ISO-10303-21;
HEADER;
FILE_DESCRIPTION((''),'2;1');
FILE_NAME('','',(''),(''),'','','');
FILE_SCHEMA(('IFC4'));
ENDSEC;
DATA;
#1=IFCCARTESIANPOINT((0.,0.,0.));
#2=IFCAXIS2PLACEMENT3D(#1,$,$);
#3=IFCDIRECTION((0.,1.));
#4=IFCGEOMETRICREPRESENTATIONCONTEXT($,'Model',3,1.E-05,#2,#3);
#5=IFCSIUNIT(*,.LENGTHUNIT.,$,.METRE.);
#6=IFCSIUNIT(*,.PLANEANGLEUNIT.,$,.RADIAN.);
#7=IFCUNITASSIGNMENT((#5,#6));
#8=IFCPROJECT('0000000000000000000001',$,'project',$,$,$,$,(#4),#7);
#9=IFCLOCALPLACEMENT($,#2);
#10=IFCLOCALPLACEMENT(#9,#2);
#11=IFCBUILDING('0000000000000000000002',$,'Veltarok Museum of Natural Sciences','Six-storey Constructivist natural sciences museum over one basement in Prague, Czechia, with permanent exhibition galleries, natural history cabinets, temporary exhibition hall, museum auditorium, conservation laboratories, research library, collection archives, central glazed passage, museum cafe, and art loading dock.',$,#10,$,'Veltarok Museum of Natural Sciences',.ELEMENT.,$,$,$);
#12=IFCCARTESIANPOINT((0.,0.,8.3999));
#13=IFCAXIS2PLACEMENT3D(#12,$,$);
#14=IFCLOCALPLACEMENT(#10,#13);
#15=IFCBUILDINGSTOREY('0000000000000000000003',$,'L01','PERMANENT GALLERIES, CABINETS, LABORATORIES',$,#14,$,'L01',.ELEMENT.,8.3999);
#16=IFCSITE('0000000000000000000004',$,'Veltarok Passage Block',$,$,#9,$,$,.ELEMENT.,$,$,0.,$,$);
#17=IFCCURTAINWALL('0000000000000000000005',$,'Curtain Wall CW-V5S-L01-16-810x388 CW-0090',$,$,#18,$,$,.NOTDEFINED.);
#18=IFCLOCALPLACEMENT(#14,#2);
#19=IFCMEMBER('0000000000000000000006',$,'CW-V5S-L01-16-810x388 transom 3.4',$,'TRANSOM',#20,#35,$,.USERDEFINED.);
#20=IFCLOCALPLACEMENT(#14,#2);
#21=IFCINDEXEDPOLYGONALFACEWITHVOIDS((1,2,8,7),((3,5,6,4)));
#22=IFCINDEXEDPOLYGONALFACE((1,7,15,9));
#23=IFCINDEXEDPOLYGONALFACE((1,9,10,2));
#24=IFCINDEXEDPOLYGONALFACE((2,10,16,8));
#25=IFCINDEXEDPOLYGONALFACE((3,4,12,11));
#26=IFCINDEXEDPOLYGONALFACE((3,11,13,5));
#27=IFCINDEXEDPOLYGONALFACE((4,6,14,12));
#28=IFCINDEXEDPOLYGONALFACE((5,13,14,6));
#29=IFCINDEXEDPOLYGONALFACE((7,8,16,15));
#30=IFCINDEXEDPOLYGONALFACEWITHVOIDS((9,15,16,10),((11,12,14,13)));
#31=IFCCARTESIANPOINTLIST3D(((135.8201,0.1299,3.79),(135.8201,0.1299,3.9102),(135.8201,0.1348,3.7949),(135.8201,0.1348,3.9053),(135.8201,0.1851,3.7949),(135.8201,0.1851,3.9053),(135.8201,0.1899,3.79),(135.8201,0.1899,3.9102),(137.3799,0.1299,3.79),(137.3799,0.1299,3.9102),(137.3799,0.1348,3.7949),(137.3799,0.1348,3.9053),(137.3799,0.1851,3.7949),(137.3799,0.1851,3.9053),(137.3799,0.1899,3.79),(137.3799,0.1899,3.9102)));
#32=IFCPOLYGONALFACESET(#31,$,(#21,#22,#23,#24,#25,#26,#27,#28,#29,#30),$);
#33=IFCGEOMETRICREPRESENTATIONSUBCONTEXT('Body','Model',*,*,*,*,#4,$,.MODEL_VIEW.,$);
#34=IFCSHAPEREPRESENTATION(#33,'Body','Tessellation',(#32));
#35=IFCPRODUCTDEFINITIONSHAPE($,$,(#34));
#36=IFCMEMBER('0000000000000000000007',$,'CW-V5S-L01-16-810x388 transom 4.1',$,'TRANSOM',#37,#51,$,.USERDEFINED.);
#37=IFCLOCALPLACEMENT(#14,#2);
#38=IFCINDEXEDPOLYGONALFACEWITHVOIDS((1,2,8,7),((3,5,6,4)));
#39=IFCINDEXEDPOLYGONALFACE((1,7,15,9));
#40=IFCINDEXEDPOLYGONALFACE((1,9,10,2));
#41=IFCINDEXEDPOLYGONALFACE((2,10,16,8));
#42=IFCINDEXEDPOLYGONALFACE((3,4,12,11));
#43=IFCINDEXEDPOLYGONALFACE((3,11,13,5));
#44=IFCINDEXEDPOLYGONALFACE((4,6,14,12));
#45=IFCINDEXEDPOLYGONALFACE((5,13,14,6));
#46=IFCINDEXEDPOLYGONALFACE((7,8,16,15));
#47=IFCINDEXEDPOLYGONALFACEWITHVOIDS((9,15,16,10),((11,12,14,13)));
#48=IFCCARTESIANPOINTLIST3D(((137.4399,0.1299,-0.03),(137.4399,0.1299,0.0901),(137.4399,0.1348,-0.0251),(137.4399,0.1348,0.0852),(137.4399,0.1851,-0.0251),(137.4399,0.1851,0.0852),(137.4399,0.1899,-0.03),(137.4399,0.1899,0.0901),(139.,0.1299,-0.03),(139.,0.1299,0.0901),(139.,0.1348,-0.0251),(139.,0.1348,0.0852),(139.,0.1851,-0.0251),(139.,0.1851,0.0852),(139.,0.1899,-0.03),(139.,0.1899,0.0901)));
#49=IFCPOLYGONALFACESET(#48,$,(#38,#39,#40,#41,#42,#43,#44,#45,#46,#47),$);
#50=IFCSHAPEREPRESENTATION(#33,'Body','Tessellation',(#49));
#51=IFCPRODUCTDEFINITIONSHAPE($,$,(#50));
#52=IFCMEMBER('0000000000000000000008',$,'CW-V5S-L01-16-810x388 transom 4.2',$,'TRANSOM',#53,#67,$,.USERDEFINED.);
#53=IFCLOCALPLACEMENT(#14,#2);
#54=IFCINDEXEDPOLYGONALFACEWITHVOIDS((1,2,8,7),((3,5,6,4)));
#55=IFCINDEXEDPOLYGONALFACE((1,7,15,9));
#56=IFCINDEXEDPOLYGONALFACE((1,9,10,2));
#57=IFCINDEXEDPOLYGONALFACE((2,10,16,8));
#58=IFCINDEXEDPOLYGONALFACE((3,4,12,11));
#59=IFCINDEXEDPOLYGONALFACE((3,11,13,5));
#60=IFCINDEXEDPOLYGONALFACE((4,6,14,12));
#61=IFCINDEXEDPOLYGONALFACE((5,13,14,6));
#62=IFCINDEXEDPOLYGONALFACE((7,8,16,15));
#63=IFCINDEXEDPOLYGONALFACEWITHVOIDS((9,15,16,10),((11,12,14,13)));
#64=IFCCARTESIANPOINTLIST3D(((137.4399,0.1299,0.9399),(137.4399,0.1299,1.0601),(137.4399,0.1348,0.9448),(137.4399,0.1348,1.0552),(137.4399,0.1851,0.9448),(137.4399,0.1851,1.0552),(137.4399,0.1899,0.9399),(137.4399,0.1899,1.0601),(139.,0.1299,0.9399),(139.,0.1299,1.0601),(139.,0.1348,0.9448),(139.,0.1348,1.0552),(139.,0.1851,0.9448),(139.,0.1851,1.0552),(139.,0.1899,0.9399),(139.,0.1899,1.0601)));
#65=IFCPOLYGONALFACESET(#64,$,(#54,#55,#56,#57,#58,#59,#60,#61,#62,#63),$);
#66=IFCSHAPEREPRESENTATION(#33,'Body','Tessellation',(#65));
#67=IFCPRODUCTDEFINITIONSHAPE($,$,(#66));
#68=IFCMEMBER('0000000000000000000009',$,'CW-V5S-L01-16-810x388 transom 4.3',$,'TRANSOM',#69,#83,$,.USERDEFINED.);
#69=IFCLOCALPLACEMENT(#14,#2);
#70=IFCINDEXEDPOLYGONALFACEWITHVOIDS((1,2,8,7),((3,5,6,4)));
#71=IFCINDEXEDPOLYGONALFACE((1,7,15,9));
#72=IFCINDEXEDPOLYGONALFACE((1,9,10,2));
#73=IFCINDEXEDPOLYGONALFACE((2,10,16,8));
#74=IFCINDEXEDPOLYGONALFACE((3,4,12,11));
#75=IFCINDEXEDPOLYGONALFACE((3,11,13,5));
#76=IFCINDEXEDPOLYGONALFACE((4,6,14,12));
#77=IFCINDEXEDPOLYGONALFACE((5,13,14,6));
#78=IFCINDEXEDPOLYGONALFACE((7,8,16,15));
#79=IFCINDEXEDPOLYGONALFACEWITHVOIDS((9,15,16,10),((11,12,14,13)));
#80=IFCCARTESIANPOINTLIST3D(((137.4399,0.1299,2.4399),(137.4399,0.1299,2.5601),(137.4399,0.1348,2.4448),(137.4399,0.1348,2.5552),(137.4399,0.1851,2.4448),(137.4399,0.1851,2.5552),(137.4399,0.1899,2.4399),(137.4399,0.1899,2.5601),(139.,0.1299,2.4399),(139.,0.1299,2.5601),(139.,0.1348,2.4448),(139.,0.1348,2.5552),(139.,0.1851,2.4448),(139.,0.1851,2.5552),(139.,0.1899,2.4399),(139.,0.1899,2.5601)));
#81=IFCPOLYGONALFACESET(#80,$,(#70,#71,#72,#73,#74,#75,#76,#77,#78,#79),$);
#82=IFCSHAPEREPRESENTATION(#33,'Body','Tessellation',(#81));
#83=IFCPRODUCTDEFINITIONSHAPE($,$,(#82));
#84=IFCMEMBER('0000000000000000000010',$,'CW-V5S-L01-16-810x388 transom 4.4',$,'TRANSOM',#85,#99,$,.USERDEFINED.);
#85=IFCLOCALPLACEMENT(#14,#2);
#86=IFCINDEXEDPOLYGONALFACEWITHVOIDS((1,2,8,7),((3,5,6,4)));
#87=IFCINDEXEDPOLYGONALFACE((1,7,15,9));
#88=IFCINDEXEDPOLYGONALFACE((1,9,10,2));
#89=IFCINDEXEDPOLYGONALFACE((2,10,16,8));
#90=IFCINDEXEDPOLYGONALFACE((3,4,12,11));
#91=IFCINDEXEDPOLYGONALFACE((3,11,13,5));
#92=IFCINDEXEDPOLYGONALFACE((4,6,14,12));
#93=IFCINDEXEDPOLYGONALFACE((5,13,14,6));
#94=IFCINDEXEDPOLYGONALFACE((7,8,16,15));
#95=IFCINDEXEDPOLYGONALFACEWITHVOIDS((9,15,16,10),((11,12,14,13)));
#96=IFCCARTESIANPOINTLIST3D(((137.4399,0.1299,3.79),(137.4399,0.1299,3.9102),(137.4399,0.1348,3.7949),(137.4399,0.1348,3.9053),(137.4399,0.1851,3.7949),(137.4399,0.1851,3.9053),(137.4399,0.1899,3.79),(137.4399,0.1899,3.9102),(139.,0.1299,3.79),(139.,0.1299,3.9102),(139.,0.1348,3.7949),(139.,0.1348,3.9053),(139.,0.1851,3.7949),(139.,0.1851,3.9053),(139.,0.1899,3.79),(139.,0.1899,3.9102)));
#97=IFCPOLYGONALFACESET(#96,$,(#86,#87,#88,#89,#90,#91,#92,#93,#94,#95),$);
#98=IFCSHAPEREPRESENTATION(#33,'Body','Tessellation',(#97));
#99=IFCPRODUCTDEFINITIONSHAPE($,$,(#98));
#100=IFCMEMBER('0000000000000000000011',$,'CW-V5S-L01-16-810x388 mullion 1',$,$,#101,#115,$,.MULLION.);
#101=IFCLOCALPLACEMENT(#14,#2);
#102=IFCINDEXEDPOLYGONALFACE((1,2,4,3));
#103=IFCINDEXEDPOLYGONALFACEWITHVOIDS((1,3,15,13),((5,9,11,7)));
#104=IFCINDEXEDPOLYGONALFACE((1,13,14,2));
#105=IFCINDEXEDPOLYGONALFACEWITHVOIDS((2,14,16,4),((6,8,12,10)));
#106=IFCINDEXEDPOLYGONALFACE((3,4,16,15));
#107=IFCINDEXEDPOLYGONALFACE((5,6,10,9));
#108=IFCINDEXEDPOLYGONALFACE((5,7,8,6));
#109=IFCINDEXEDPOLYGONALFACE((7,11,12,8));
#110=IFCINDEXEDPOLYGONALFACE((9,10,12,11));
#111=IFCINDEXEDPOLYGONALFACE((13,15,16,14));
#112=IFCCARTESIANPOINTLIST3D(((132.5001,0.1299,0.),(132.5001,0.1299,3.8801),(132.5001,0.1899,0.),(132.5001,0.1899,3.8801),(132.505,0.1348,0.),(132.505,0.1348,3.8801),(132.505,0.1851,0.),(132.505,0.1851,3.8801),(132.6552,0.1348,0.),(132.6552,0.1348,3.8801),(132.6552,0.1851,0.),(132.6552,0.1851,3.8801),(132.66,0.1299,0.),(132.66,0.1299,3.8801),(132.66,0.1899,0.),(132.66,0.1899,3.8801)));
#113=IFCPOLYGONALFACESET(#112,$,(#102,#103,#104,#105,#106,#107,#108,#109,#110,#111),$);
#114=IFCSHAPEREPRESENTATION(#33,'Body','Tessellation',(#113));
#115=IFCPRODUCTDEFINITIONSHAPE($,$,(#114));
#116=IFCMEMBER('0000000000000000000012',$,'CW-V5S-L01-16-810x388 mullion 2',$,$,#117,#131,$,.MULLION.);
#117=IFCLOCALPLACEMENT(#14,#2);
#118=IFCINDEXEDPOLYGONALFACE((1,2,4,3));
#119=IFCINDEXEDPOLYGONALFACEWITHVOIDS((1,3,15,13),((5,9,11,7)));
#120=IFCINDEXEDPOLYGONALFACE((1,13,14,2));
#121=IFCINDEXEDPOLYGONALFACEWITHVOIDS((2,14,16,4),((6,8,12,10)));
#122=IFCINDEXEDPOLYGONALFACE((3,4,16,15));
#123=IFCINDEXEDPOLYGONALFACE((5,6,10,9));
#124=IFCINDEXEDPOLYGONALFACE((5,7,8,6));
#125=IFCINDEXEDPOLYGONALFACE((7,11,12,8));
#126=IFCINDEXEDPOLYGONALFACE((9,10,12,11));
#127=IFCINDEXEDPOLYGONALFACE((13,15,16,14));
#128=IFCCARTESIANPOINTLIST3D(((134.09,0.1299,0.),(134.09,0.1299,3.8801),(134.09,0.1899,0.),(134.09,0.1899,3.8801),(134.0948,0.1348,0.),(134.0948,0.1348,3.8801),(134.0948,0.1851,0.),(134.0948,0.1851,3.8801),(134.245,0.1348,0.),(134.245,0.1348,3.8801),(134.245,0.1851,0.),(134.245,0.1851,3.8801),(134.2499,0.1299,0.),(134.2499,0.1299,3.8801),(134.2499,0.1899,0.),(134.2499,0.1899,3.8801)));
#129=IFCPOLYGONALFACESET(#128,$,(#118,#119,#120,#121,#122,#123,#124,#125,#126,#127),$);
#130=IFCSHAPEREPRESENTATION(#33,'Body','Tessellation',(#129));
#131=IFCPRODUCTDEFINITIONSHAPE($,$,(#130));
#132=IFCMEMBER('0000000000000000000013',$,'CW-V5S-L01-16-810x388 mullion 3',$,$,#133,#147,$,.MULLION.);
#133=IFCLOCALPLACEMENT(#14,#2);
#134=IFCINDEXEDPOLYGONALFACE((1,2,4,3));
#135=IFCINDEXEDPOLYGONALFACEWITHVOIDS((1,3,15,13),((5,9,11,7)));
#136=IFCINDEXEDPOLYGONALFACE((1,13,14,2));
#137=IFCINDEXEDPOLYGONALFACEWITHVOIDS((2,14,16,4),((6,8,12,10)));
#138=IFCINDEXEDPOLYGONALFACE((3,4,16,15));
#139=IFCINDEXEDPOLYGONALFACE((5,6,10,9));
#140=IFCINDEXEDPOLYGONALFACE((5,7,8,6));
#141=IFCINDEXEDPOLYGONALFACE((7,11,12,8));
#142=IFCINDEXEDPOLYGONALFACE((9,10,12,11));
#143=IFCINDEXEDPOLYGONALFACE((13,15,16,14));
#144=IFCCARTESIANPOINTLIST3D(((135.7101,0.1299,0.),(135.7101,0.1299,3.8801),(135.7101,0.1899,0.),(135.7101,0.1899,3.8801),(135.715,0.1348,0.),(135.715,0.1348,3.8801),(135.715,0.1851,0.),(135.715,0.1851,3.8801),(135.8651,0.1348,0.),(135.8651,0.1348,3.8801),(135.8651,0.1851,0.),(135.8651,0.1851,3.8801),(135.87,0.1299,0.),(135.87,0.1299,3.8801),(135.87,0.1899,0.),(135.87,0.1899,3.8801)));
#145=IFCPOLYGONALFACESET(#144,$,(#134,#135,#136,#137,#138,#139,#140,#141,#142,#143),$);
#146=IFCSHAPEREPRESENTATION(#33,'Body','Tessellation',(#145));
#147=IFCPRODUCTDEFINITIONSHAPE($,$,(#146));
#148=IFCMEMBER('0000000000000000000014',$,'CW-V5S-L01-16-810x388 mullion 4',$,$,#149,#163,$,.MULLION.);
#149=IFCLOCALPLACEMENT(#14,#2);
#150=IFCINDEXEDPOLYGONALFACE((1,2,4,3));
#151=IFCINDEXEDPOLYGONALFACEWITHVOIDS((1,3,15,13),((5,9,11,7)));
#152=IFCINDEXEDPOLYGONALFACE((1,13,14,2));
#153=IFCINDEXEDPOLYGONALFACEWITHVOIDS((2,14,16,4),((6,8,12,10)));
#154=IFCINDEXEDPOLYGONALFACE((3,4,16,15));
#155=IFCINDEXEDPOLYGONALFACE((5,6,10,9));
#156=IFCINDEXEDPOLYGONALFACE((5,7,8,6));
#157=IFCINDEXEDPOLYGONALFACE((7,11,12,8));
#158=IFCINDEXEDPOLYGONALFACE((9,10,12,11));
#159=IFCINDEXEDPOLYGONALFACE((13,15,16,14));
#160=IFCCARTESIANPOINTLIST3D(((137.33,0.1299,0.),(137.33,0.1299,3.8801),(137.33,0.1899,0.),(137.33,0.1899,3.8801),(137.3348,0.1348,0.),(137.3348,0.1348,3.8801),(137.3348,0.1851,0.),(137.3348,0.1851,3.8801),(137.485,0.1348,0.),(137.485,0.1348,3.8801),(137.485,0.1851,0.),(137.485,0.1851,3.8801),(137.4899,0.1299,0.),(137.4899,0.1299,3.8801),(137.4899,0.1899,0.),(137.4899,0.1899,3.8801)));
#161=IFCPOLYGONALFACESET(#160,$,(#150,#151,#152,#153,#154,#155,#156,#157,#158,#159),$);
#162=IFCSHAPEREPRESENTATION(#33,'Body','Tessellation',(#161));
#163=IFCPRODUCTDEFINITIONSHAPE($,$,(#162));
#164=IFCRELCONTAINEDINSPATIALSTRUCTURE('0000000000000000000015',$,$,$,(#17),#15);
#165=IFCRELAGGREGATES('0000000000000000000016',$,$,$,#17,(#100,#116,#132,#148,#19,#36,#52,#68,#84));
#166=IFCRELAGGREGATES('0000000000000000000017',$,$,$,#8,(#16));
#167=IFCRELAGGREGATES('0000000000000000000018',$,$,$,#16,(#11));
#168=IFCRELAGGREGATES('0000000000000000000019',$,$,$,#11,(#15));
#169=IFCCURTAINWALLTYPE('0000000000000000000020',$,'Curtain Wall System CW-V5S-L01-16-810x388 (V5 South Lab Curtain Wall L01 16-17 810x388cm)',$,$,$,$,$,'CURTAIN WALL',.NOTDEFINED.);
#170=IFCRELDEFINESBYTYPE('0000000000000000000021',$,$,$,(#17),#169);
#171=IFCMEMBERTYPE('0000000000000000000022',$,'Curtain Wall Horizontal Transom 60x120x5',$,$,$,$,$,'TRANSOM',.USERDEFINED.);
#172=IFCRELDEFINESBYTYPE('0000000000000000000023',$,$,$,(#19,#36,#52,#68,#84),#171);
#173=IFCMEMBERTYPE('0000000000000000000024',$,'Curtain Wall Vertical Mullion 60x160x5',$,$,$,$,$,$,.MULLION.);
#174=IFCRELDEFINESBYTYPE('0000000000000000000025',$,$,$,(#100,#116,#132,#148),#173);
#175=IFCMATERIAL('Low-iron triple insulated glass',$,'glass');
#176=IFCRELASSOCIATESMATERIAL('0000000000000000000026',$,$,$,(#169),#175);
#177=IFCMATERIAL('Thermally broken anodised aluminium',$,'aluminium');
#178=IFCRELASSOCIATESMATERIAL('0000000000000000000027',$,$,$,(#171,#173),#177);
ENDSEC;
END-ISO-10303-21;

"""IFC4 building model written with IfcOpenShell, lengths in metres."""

from ifc_helpers import new_model, si_unit, direction, frame, origin, origin_2d, place, context, subcontext, project, spatial, hollow_rectangle, extrude, material, material_profile, profile_set, type_object, element, aggregate, save


model = new_model("IFC4")

# Units and contexts
model_context = context("Model", 3, precision=1e-05, world=origin(), true_north=direction((0.0, 1.0)))
body_context = subcontext(model_context, "Body", "Model", "MODEL_VIEW")
ifc_project = project(units=[si_unit("LENGTHUNIT", "METRE"), si_unit("PLANEANGLEUNIT", "RADIAN")], contexts=[model_context])

# Site, building, storey
site_placement = place(None, origin())
site = spatial("IfcSite", under=ifc_project, at=site_placement, Name="Veltarok Passage Block", CompositionType="ELEMENT", RefElevation=0.0)
building_placement = place(site_placement, origin())
building = spatial("IfcBuilding", under=site, at=building_placement, Name="Veltarok Museum of Natural Sciences", Description="Six-storey Constructivist natural sciences museum over one basement in Prague, Czechia, with permanent exhibition galleries, natural history cabinets, temporary exhibition hall, museum auditorium, conservation laboratories, research library, collection archives, central glazed passage, museum cafe, and art loading dock.", LongName="Veltarok Museum of Natural Sciences", CompositionType="ELEMENT")
storey_placement = place(building_placement, frame((0.0, 0.0, 8.3999)))
storey = spatial("IfcBuildingStorey", under=building, at=storey_placement, Name="L01", Description="PERMANENT GALLERIES, CABINETS, LABORATORIES", LongName="L01", CompositionType="ELEMENT", Elevation=8.3999)

# Curtain wall, members
ifc_material_1 = material(Name="Low-iron triple insulated glass", Category="glass")
curtain_wall_type = type_object("IfcCurtainWallType", Name="Curtain Wall System CW-V5S-L01-16-810x388 (V5 South Lab Curtain Wall L01 16-17 810x388cm)", ElementType="CURTAIN WALL", PredefinedType="NOTDEFINED", material=ifc_material_1)
curtain_wall_placement = place(storey_placement, origin())
curtain_wall = element("IfcCurtainWall", 1, at=curtain_wall_placement, inside=storey, type_object=curtain_wall_type, Name="Curtain Wall CW-V5S-L01-16-810x388 CW-0090", PredefinedType="NOTDEFINED")
ifc_material_2 = material(Name="Thermally broken anodised aluminium", Category="aluminium")
ifc_material_profile_1 = material_profile(ifc_material_2, hollow_rectangle(XDim=0.0601, YDim=0.1201, WallThickness=0.0049, at=origin_2d()), Name="CW TRANSOM 60x120x5")
ifc_profile_set_1 = profile_set([ifc_material_profile_1], Name="Thermally broken anodised aluminium")
member_type_1 = type_object("IfcMemberType", Name="Curtain Wall Horizontal Transom 60x120x5", ElementType="TRANSOM", PredefinedType="USERDEFINED", material=ifc_profile_set_1)
member_1_placement = place(storey_placement, frame((135.8201, 0.1599, 3.8501), z_axis=(1.0, 0.0, 0.0), x_axis=(0.0, 1.0, 0.0)))
member_1 = element("IfcMember", 2, at=member_1_placement, type_object=member_type_1, Name="CW-V5S-L01-16-810x388 transom 3.4", ObjectType="TRANSOM", PredefinedType="USERDEFINED", context=body_context, shape_type="SweptSolid", body=[
    extrude(hollow_rectangle(XDim=0.0601, YDim=0.1201, WallThickness=0.0049, at=origin_2d()), origin(), (0.0, 0.0, 1.0), 1.5598),
])
member_2_placement = place(storey_placement, frame((137.4399, 0.1599, 0.03), z_axis=(1.0, 0.0, 0.0), x_axis=(0.0, 1.0, 0.0)))
member_2 = element("IfcMember", 3, at=member_2_placement, type_object=member_type_1, Name="CW-V5S-L01-16-810x388 transom 4.1", ObjectType="TRANSOM", PredefinedType="USERDEFINED", context=body_context, shape_type="SweptSolid", body=[
    extrude(hollow_rectangle(XDim=0.0601, YDim=0.1201, WallThickness=0.0049, at=origin_2d()), origin(), (0.0, 0.0, 1.0), 1.5601),
])
member_3_placement = place(storey_placement, frame((137.4399, 0.1599, 1.0), z_axis=(1.0, 0.0, 0.0), x_axis=(0.0, 1.0, 0.0)))
member_3 = element("IfcMember", 4, at=member_3_placement, type_object=member_type_1, Name="CW-V5S-L01-16-810x388 transom 4.2", ObjectType="TRANSOM", PredefinedType="USERDEFINED", context=body_context, shape_type="SweptSolid", body=[
    extrude(hollow_rectangle(XDim=0.0601, YDim=0.1201, WallThickness=0.0049, at=origin_2d()), origin(), (0.0, 0.0, 1.0), 1.5601),
])
member_4_placement = place(storey_placement, frame((137.4399, 0.1599, 2.5), z_axis=(1.0, 0.0, 0.0), x_axis=(0.0, 1.0, 0.0)))
member_4 = element("IfcMember", 5, at=member_4_placement, type_object=member_type_1, Name="CW-V5S-L01-16-810x388 transom 4.3", ObjectType="TRANSOM", PredefinedType="USERDEFINED", context=body_context, shape_type="SweptSolid", body=[
    extrude(hollow_rectangle(XDim=0.0601, YDim=0.1201, WallThickness=0.0049, at=origin_2d()), origin(), (0.0, 0.0, 1.0), 1.5601),
])
member_5_placement = place(storey_placement, frame((137.4399, 0.1599, 3.8501), z_axis=(1.0, 0.0, 0.0), x_axis=(0.0, 1.0, 0.0)))
member_5 = element("IfcMember", 6, at=member_5_placement, type_object=member_type_1, Name="CW-V5S-L01-16-810x388 transom 4.4", ObjectType="TRANSOM", PredefinedType="USERDEFINED", context=body_context, shape_type="SweptSolid", body=[
    extrude(hollow_rectangle(XDim=0.0601, YDim=0.1201, WallThickness=0.0049, at=origin_2d()), origin(), (0.0, 0.0, 1.0), 1.5601),
])
ifc_material_profile_2 = material_profile(ifc_material_2, hollow_rectangle(XDim=0.0601, YDim=0.1599, WallThickness=0.0049, at=origin_2d()), Name="CW MULLION 60x160x5")
ifc_profile_set_2 = profile_set([ifc_material_profile_2], Name="Thermally broken anodised aluminium")
member_type_2 = type_object("IfcMemberType", Name="Curtain Wall Vertical Mullion 60x160x5", PredefinedType="MULLION", material=ifc_profile_set_2)
member_6_placement = place(storey_placement, frame((132.5801, 0.1599, 0.0), z_axis=(0.0, 0.0, 1.0), x_axis=(0.0, 1.0, 0.0)))
member_6 = element("IfcMember", 7, at=member_6_placement, type_object=member_type_2, Name="CW-V5S-L01-16-810x388 mullion 1", PredefinedType="MULLION", context=body_context, shape_type="SweptSolid", body=[
    extrude(hollow_rectangle(XDim=0.0601, YDim=0.1599, WallThickness=0.0049, at=origin_2d()), origin(), (0.0, 0.0, 1.0), 3.8801),
])
member_7_placement = place(storey_placement, frame((134.1699, 0.1599, 0.0), z_axis=(0.0, 0.0, 1.0), x_axis=(0.0, 1.0, 0.0)))
member_7 = element("IfcMember", 8, at=member_7_placement, type_object=member_type_2, Name="CW-V5S-L01-16-810x388 mullion 2", PredefinedType="MULLION", context=body_context, shape_type="SweptSolid", body=[
    extrude(hollow_rectangle(XDim=0.0601, YDim=0.1599, WallThickness=0.0049, at=origin_2d()), origin(), (0.0, 0.0, 1.0), 3.8801),
])
member_8_placement = place(storey_placement, frame((135.79, 0.1599, 0.0), z_axis=(0.0, 0.0, 1.0), x_axis=(0.0, 1.0, 0.0)))
member_8 = element("IfcMember", 9, at=member_8_placement, type_object=member_type_2, Name="CW-V5S-L01-16-810x388 mullion 3", PredefinedType="MULLION", context=body_context, shape_type="SweptSolid", body=[
    extrude(hollow_rectangle(XDim=0.0601, YDim=0.1599, WallThickness=0.0049, at=origin_2d()), origin(), (0.0, 0.0, 1.0), 3.8801),
])
member_9_placement = place(storey_placement, frame((137.4099, 0.1599, 0.0), z_axis=(0.0, 0.0, 1.0), x_axis=(0.0, 1.0, 0.0)))
member_9 = element("IfcMember", 10, at=member_9_placement, type_object=member_type_2, Name="CW-V5S-L01-16-810x388 mullion 4", PredefinedType="MULLION", context=body_context, shape_type="SweptSolid", body=[
    extrude(hollow_rectangle(XDim=0.0601, YDim=0.1599, WallThickness=0.0049, at=origin_2d()), origin(), (0.0, 0.0, 1.0), 3.8801),
])

aggregate(curtain_wall, [member_6, member_7, member_8, member_9, member_1, member_2, member_3, member_4, member_5])

save(model, "model.ifc")
